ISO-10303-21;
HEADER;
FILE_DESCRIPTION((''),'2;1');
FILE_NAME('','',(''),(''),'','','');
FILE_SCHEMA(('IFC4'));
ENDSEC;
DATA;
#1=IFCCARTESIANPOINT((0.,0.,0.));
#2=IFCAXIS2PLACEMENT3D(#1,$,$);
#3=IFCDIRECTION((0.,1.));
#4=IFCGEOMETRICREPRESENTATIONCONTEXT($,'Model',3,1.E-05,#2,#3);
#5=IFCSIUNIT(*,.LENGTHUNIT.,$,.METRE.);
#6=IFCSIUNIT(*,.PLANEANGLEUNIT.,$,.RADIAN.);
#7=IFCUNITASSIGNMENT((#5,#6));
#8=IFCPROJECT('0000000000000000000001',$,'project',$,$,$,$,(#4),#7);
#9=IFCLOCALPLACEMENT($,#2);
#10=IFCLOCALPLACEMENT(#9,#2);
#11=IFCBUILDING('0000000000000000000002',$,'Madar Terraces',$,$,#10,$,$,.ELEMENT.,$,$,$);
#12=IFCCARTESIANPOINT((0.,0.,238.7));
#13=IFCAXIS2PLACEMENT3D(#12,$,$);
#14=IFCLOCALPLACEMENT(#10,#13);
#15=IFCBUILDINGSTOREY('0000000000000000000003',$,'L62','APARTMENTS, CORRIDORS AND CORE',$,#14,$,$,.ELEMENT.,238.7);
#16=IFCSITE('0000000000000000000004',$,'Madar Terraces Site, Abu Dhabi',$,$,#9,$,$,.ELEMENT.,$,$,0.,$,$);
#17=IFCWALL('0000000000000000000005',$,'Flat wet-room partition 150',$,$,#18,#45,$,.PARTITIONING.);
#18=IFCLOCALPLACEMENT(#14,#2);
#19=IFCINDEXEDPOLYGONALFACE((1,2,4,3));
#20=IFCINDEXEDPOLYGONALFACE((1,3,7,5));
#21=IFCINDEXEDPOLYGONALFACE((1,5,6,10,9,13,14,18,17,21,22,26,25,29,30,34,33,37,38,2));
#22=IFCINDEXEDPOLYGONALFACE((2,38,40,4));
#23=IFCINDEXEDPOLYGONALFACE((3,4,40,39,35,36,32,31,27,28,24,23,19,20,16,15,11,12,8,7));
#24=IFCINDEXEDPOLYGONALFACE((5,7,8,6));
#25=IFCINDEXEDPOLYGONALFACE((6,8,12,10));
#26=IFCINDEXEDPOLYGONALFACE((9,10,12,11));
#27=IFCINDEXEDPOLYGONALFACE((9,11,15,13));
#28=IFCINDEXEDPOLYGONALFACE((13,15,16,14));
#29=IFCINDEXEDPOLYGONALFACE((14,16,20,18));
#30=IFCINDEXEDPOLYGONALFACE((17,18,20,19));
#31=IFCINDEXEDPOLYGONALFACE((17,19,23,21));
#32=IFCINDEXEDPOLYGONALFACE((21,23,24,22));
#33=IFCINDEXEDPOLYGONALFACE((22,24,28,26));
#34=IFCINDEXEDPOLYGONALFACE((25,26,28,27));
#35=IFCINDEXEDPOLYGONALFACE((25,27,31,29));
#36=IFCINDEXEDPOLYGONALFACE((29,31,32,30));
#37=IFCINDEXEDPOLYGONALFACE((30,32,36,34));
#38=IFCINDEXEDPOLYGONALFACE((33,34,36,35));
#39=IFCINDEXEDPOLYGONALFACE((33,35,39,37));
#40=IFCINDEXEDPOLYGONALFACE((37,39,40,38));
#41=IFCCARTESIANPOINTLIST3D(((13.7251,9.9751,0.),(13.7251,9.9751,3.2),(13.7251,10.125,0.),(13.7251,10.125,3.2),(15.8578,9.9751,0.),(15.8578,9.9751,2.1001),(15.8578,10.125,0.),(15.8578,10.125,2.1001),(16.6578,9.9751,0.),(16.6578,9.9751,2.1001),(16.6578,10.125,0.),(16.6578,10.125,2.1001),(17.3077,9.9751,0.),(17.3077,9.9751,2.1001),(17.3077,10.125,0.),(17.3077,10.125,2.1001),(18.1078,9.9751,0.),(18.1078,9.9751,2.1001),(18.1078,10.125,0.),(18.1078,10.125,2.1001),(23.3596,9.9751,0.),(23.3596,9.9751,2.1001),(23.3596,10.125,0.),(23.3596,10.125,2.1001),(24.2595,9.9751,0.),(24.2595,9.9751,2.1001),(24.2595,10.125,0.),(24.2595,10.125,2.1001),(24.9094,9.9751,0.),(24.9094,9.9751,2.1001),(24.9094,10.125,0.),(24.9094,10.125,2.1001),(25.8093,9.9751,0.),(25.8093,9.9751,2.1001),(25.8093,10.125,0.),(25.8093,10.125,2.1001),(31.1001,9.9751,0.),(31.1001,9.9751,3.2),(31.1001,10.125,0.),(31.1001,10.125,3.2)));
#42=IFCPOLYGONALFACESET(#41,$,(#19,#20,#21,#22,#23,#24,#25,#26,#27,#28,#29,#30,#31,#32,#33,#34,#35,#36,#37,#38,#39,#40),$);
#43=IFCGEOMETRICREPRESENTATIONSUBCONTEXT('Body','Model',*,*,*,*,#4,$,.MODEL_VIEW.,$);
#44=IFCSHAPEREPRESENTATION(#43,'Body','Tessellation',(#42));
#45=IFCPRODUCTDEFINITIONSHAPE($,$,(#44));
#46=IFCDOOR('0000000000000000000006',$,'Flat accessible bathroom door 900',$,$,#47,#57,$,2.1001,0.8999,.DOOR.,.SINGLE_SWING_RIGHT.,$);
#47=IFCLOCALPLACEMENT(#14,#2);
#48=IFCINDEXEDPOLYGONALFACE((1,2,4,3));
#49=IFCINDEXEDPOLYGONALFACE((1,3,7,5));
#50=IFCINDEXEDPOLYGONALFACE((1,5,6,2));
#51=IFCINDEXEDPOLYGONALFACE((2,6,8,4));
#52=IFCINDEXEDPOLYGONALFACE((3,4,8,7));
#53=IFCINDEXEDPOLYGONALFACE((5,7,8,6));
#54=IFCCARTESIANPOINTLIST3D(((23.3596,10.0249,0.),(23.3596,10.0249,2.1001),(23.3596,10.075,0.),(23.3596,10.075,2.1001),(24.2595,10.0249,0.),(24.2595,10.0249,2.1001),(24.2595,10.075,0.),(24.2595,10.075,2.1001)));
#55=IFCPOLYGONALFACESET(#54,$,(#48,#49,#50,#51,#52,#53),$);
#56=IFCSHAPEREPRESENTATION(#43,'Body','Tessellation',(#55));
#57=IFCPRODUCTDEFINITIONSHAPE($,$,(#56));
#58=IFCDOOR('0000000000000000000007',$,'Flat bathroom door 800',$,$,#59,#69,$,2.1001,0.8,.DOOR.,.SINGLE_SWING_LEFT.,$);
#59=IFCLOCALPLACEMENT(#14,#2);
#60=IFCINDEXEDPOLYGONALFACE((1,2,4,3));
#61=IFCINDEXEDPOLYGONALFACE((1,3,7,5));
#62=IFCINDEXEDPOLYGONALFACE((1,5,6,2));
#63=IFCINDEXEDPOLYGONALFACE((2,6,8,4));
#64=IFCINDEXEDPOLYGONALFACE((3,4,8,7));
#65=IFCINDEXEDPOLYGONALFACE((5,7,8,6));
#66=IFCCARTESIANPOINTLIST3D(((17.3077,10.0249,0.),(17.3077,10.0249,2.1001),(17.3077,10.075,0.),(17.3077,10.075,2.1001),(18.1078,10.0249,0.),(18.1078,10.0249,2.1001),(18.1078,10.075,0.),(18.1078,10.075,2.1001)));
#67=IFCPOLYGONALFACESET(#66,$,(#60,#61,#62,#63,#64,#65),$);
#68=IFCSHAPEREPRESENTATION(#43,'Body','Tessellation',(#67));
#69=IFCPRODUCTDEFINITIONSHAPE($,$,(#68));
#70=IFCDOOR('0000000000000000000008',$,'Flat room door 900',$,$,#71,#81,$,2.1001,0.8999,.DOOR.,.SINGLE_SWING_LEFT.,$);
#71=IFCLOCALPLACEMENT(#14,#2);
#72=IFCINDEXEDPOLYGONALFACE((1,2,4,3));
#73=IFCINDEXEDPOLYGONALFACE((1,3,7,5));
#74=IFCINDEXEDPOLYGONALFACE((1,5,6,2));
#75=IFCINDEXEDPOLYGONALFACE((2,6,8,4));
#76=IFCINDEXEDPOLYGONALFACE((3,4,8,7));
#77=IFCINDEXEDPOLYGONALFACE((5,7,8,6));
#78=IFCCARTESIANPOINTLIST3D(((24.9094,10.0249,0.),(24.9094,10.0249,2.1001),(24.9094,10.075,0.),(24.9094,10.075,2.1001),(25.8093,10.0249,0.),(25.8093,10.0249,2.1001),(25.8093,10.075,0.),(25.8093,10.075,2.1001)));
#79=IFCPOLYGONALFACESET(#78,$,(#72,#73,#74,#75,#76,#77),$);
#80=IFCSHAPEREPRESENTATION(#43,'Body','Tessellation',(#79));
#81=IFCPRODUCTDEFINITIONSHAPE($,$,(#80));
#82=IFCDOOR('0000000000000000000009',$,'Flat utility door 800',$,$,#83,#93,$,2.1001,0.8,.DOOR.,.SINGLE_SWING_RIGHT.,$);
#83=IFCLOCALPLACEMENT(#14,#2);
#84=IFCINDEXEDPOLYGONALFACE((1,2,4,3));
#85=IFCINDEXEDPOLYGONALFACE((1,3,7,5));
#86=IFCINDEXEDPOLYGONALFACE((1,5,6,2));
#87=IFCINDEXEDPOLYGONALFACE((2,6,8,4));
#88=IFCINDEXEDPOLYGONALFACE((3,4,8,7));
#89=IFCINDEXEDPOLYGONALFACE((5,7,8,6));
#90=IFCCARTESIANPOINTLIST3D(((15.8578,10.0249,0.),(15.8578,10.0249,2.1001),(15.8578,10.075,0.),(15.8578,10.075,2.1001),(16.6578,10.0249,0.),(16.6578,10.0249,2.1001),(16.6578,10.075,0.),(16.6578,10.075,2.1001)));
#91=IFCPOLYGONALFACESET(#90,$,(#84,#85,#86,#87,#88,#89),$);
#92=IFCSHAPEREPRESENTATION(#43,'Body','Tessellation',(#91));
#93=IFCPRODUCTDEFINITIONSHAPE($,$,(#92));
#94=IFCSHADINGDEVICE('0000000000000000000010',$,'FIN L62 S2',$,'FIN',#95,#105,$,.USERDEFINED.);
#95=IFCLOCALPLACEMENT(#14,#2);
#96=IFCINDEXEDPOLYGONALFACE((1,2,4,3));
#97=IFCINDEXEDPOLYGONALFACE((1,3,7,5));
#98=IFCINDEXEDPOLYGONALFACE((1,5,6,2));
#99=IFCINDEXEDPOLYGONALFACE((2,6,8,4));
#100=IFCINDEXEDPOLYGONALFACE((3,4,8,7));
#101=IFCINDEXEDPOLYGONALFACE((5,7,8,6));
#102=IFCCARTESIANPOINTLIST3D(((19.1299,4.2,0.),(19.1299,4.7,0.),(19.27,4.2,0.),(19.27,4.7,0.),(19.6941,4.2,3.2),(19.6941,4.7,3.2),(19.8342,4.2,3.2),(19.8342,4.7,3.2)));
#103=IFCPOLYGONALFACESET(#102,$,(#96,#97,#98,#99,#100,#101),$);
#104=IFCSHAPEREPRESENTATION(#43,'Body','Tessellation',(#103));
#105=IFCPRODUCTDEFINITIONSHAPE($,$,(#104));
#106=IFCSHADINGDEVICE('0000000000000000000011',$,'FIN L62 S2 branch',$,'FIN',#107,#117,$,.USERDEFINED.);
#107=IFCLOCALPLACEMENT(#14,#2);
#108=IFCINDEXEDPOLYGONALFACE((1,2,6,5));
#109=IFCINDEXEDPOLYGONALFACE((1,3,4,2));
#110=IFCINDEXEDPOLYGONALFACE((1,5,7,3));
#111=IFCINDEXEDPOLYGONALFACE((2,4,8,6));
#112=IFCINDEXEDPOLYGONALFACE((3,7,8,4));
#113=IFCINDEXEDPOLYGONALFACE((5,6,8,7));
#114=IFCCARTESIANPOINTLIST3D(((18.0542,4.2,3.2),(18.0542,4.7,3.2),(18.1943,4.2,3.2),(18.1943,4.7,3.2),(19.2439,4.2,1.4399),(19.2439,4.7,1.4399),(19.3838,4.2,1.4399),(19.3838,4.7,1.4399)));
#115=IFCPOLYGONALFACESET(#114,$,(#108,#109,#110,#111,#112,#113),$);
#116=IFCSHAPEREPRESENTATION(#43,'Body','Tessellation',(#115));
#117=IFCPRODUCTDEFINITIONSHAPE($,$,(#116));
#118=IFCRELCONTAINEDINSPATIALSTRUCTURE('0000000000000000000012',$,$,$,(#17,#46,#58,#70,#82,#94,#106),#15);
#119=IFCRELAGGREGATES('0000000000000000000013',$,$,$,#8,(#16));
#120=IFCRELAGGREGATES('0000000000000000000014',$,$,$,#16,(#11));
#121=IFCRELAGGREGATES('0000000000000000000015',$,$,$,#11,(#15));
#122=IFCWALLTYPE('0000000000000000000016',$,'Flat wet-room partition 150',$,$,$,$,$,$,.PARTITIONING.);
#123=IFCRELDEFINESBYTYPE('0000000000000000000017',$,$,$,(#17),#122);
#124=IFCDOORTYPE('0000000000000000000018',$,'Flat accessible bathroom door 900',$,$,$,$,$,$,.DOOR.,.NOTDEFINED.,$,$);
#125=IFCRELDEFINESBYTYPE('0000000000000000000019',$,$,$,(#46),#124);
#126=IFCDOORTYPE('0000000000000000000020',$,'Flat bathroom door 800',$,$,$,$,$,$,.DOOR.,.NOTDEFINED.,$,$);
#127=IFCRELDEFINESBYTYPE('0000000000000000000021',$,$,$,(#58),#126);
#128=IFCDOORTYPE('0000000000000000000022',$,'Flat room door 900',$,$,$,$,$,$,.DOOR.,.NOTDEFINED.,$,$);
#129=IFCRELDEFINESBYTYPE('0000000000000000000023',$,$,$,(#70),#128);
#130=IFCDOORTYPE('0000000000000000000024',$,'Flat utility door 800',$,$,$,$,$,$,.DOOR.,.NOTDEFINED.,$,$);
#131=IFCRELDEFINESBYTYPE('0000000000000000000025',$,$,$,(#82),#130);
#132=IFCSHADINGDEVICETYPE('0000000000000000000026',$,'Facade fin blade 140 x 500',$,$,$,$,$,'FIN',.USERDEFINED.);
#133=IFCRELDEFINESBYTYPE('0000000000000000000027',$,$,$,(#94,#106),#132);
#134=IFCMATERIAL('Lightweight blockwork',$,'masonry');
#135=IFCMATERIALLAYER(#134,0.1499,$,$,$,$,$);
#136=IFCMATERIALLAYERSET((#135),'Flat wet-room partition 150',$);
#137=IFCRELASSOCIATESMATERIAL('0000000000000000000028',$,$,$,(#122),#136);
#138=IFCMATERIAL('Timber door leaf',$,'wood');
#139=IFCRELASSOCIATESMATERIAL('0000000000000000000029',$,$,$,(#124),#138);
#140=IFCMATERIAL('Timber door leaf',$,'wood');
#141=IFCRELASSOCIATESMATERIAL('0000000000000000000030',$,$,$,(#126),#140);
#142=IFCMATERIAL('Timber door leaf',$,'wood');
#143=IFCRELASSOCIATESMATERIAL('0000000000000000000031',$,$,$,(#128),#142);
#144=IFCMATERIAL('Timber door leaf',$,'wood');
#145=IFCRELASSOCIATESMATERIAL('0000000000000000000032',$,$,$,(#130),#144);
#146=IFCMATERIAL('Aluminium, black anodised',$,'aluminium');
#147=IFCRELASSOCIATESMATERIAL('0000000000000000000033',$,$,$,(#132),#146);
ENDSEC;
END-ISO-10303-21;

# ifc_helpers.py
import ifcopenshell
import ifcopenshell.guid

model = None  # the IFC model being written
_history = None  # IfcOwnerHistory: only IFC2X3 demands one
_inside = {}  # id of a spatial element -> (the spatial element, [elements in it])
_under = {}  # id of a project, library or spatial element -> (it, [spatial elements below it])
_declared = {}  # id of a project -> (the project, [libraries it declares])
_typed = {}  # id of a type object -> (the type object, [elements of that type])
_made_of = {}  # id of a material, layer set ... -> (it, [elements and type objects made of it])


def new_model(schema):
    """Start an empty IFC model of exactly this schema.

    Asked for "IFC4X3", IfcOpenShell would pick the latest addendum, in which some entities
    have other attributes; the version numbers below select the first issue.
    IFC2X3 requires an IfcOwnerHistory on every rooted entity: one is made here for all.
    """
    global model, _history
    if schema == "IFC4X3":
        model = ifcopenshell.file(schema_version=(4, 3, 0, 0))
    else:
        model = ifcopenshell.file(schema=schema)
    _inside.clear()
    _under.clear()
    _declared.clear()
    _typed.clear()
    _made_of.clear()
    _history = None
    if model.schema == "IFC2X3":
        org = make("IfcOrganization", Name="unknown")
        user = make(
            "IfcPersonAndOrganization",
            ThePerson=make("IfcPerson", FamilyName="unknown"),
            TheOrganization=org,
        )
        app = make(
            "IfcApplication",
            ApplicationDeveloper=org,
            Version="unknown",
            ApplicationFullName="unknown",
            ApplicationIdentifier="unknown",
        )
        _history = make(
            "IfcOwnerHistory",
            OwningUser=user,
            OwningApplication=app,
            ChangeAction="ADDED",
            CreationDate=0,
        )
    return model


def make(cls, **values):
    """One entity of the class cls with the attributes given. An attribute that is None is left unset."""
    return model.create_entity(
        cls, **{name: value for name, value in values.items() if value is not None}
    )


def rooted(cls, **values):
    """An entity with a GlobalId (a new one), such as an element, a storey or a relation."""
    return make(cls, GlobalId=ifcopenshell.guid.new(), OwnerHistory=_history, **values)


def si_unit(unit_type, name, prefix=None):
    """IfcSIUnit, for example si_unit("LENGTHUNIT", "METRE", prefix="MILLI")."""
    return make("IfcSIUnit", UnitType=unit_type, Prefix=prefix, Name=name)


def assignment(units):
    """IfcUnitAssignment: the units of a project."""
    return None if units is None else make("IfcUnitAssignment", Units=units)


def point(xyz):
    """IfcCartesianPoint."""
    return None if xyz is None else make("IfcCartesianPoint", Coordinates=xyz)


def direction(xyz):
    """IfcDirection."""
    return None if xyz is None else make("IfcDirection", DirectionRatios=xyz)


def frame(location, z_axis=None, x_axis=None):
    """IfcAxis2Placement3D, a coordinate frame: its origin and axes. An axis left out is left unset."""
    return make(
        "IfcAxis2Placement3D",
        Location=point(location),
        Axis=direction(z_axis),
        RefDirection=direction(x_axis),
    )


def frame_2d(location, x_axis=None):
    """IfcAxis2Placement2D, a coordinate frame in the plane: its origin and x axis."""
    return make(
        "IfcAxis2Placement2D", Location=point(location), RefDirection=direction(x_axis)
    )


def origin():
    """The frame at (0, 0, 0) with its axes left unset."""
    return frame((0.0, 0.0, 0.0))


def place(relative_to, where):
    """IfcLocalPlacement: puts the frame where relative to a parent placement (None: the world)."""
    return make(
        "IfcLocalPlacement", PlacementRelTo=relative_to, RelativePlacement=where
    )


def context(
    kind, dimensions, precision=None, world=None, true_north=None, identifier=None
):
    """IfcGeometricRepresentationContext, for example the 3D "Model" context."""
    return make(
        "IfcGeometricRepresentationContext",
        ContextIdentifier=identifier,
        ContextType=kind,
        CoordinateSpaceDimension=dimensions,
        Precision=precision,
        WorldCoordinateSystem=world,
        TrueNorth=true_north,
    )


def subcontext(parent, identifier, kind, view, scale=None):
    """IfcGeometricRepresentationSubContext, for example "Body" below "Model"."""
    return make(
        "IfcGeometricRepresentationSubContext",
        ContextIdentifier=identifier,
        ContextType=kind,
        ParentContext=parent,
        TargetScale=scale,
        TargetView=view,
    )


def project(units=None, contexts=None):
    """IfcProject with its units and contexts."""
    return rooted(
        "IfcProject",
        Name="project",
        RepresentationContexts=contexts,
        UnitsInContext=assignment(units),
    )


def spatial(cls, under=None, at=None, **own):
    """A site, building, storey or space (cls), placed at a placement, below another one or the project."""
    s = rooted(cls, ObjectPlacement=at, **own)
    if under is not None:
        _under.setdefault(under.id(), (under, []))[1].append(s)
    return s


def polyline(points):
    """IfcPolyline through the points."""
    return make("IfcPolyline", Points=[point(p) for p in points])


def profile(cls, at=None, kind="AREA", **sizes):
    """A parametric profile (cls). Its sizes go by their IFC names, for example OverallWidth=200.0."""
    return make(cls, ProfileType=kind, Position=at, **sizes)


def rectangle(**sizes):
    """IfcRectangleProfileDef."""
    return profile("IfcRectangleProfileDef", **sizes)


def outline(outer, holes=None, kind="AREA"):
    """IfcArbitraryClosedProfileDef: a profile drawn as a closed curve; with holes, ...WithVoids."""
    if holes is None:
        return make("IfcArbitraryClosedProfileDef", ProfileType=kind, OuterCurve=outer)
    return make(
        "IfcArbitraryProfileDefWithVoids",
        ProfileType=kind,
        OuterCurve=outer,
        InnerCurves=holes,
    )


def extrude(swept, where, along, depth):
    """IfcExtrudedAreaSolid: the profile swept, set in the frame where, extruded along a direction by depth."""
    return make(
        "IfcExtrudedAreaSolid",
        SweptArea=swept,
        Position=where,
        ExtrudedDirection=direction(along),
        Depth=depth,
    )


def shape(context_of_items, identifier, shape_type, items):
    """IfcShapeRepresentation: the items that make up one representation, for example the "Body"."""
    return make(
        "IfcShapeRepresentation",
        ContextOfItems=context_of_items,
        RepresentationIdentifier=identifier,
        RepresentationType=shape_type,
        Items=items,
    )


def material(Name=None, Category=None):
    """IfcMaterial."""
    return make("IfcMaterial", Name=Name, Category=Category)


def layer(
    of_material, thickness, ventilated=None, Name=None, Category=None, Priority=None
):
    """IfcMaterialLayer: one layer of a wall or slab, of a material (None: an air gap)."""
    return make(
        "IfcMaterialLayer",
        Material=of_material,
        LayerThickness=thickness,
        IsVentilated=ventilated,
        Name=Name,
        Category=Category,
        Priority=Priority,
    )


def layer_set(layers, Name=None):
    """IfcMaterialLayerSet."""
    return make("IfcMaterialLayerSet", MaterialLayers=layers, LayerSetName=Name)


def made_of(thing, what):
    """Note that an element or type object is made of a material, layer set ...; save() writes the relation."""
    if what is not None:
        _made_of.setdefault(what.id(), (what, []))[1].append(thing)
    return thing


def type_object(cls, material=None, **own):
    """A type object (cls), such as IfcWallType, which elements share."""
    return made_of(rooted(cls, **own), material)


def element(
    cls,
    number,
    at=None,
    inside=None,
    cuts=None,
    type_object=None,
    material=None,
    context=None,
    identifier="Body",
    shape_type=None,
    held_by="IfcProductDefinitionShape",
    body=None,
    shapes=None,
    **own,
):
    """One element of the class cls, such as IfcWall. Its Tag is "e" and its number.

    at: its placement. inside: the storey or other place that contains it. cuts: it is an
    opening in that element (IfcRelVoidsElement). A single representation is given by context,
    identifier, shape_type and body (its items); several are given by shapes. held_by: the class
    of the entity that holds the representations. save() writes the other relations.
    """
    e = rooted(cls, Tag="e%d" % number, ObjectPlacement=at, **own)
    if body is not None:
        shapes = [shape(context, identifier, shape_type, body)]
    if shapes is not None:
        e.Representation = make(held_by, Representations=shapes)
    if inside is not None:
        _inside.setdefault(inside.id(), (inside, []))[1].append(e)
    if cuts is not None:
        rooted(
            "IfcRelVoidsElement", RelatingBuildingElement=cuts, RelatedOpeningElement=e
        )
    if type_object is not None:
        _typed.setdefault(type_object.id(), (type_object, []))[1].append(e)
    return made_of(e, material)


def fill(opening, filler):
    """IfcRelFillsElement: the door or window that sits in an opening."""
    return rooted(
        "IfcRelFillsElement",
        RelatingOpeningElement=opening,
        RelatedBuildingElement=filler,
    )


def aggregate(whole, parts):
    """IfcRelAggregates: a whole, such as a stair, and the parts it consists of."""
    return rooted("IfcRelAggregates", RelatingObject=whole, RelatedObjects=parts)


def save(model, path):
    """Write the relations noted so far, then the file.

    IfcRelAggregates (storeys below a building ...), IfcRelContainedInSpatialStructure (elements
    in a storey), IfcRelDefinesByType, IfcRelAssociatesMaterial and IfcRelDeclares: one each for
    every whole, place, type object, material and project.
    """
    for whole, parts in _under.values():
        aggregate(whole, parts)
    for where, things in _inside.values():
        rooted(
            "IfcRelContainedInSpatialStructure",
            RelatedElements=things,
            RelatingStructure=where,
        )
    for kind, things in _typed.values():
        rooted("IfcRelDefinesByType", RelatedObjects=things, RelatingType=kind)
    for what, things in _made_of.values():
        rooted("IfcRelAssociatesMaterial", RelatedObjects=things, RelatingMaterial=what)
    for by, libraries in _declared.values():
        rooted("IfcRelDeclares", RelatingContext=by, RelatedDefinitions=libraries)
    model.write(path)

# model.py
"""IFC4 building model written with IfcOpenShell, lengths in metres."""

from ifc_helpers import new_model, si_unit, direction, frame, frame_2d, origin, place, context, subcontext, project, spatial, polyline, rectangle, outline, extrude, material, layer, layer_set, type_object, element, fill, save


model = new_model("IFC4")

# Units and contexts
model_context = context("Model", 3, precision=1e-05, world=origin(), true_north=direction((0.0, 1.0)))
body_context = subcontext(model_context, "Body", "Model", "MODEL_VIEW")
ifc_project = project(units=[si_unit("LENGTHUNIT", "METRE"), si_unit("PLANEANGLEUNIT", "RADIAN")], contexts=[model_context])

# Site, building, storey
site_placement = place(None, origin())
site = spatial("IfcSite", under=ifc_project, at=site_placement, Name="Madar Terraces Site, Abu Dhabi", CompositionType="ELEMENT", RefElevation=0.0)
building_placement = place(site_placement, origin())
building = spatial("IfcBuilding", under=site, at=building_placement, Name="Madar Terraces", CompositionType="ELEMENT")
storey_placement = place(building_placement, frame((0.0, 0.0, 238.7)))
storey = spatial("IfcBuildingStorey", under=building, at=storey_placement, Name="L62", Description="APARTMENTS, CORRIDORS AND CORE", CompositionType="ELEMENT", Elevation=238.7)

# Shared definitions
ifc_material_1 = material(Name="Lightweight blockwork", Category="masonry")
ifc_layer_1 = layer(ifc_material_1, 0.1499)
ifc_layer_set_1 = layer_set([ifc_layer_1], Name="Flat wet-room partition 150")
wall_type_1 = type_object("IfcWallType", Name="Flat wet-room partition 150", PredefinedType="PARTITIONING", material=ifc_layer_set_1)

# Wall, openings, doors
wall_1_placement = place(storey_placement, frame((13.7251, 10.05, 0.0), z_axis=(0.0, 0.0, 1.0), x_axis=(1.0, 0.0, 0.0)))
wall_1 = element("IfcWall", 1, at=wall_1_placement, inside=storey, type_object=wall_type_1, Name="Flat wet-room partition 150", PredefinedType="PARTITIONING", context=body_context, shape_type="SweptSolid", body=[
    extrude(rectangle(XDim=17.375, YDim=0.1499, at=frame_2d((8.6875, 0.0))), origin(), (0.0, 0.0, 1.0), 3.2),
])
opening_1_placement = place(wall_1_placement, frame((2.1328, 0.0, 0.0)))
opening_1 = element("IfcOpeningElement", 2, at=opening_1_placement, cuts=wall_1, PredefinedType="OPENING", context=body_context, shape_type="SweptSolid", body=[
    extrude(rectangle(XDim=0.8, YDim=2.1001, at=frame_2d((0.3999, 1.05))), frame((0.0, 0.085, 0.0), z_axis=(0.0, -1.0, 0.0), x_axis=(1.0, 0.0, 0.0)), (0.0, 0.0, 1.0), 0.1699),
])
opening_2_placement = place(wall_1_placement, frame((3.5828, 0.0, 0.0)))
opening_2 = element("IfcOpeningElement", 3, at=opening_2_placement, cuts=wall_1, PredefinedType="OPENING", context=body_context, shape_type="SweptSolid", body=[
    extrude(rectangle(XDim=0.8, YDim=2.1001, at=frame_2d((0.3999, 1.05))), frame((0.0, 0.085, 0.0), z_axis=(0.0, -1.0, 0.0), x_axis=(1.0, 0.0, 0.0)), (0.0, 0.0, 1.0), 0.1699),
])
opening_3_placement = place(wall_1_placement, frame((9.6345, 0.0, 0.0)))
opening_3 = element("IfcOpeningElement", 4, at=opening_3_placement, cuts=wall_1, PredefinedType="OPENING", context=body_context, shape_type="SweptSolid", body=[
    extrude(rectangle(XDim=0.8999, YDim=2.1001, at=frame_2d((0.45, 1.05))), frame((0.0, 0.085, 0.0), z_axis=(0.0, -1.0, 0.0), x_axis=(1.0, 0.0, 0.0)), (0.0, 0.0, 1.0), 0.1699),
])
opening_4_placement = place(wall_1_placement, frame((11.1843, 0.0, 0.0)))
opening_4 = element("IfcOpeningElement", 5, at=opening_4_placement, cuts=wall_1, PredefinedType="OPENING", context=body_context, shape_type="SweptSolid", body=[
    extrude(rectangle(XDim=0.8999, YDim=2.1001, at=frame_2d((0.45, 1.05))), frame((0.0, 0.085, 0.0), z_axis=(0.0, -1.0, 0.0), x_axis=(1.0, 0.0, 0.0)), (0.0, 0.0, 1.0), 0.1699),
])
ifc_material_2 = material(Name="Timber door leaf", Category="wood")
door_type_1 = type_object("IfcDoorType", Name="Flat accessible bathroom door 900", OperationType="NOTDEFINED", PredefinedType="DOOR", material=ifc_material_2)
door_1_placement = place(opening_3_placement, origin())
door_1 = element("IfcDoor", 6, at=door_1_placement, inside=storey, type_object=door_type_1, Name="Flat accessible bathroom door 900", OperationType="SINGLE_SWING_RIGHT", OverallHeight=2.1001, OverallWidth=0.8999, PredefinedType="DOOR", context=body_context, shape_type="SweptSolid", body=[
    extrude(rectangle(XDim=0.8999, YDim=2.1001, at=frame_2d((0.45, 1.05))), frame((0.0, 0.0249, 0.0), z_axis=(0.0, -1.0, 0.0), x_axis=(1.0, 0.0, 0.0)), (0.0, 0.0, 1.0), 0.05),
])
fill(opening_3, door_1)
ifc_material_3 = material(Name="Timber door leaf", Category="wood")
door_type_2 = type_object("IfcDoorType", Name="Flat bathroom door 800", OperationType="NOTDEFINED", PredefinedType="DOOR", material=ifc_material_3)
door_2_placement = place(opening_2_placement, origin())
door_2 = element("IfcDoor", 7, at=door_2_placement, inside=storey, type_object=door_type_2, Name="Flat bathroom door 800", OperationType="SINGLE_SWING_LEFT", OverallHeight=2.1001, OverallWidth=0.8, PredefinedType="DOOR", context=body_context, shape_type="SweptSolid", body=[
    extrude(rectangle(XDim=0.8, YDim=2.1001, at=frame_2d((0.3999, 1.05))), frame((0.0, 0.0249, 0.0), z_axis=(0.0, -1.0, 0.0), x_axis=(1.0, 0.0, 0.0)), (0.0, 0.0, 1.0), 0.05),
])
fill(opening_2, door_2)
ifc_material_4 = material(Name="Timber door leaf", Category="wood")
door_type_3 = type_object("IfcDoorType", Name="Flat room door 900", OperationType="NOTDEFINED", PredefinedType="DOOR", material=ifc_material_4)
door_3_placement = place(opening_4_placement, origin())
door_3 = element("IfcDoor", 8, at=door_3_placement, inside=storey, type_object=door_type_3, Name="Flat room door 900", OperationType="SINGLE_SWING_LEFT", OverallHeight=2.1001, OverallWidth=0.8999, PredefinedType="DOOR", context=body_context, shape_type="SweptSolid", body=[
    extrude(rectangle(XDim=0.8999, YDim=2.1001, at=frame_2d((0.45, 1.05))), frame((0.0, 0.0249, 0.0), z_axis=(0.0, -1.0, 0.0), x_axis=(1.0, 0.0, 0.0)), (0.0, 0.0, 1.0), 0.05),
])
fill(opening_4, door_3)
ifc_material_5 = material(Name="Timber door leaf", Category="wood")
door_type_4 = type_object("IfcDoorType", Name="Flat utility door 800", OperationType="NOTDEFINED", PredefinedType="DOOR", material=ifc_material_5)
door_4_placement = place(opening_1_placement, origin())
door_4 = element("IfcDoor", 9, at=door_4_placement, inside=storey, type_object=door_type_4, Name="Flat utility door 800", OperationType="SINGLE_SWING_RIGHT", OverallHeight=2.1001, OverallWidth=0.8, PredefinedType="DOOR", context=body_context, shape_type="SweptSolid", body=[
    extrude(rectangle(XDim=0.8, YDim=2.1001, at=frame_2d((0.3999, 1.05))), frame((0.0, 0.0249, 0.0), z_axis=(0.0, -1.0, 0.0), x_axis=(1.0, 0.0, 0.0)), (0.0, 0.0, 1.0), 0.05),
])
fill(opening_1, door_4)

# Shading devices
ifc_material_6 = material(Name="Aluminium, black anodised", Category="aluminium")
shading_device_type = type_object("IfcShadingDeviceType", Name="Facade fin blade 140 x 500", ElementType="FIN", PredefinedType="USERDEFINED", material=ifc_material_6)
shading_device_1_placement = place(storey_placement, frame((19.1299, 4.45, 0.0), z_axis=(0.0, 0.0, 1.0), x_axis=(1.0, 0.0, 0.0)))
element("IfcShadingDevice", 10, at=shading_device_1_placement, inside=storey, type_object=shading_device_type, Name="FIN L62 S2", ObjectType="FIN", PredefinedType="USERDEFINED", context=body_context, shape_type="SweptSolid", body=[
    extrude(outline(polyline([(0.0, 0.0), (0.1401, 0.0), (0.7043, 3.2), (0.5642, 3.2), (0.0, 0.0)])), frame((0.0, 0.25, 0.0), z_axis=(0.0, -1.0, 0.0), x_axis=(1.0, 0.0, 0.0)), (0.0, 0.0, 1.0), 0.5),
])
shading_device_2_placement = place(storey_placement, frame((19.2439, 4.45, 1.4399), z_axis=(0.0, 0.0, 1.0), x_axis=(1.0, 0.0, 0.0)))
element("IfcShadingDevice", 11, at=shading_device_2_placement, inside=storey, type_object=shading_device_type, Name="FIN L62 S2 branch", ObjectType="FIN", PredefinedType="USERDEFINED", context=body_context, shape_type="SweptSolid", body=[
    extrude(outline(polyline([(0.0, 0.0), (0.1399, 0.0), (-1.0496, 1.76), (-1.1897, 1.76), (0.0, 0.0)])), frame((0.0, 0.25, 0.0), z_axis=(0.0, -1.0, 0.0), x_axis=(1.0, 0.0, 0.0)), (0.0, 0.0, 1.0), 0.5),
])

save(model, "model.ifc")
